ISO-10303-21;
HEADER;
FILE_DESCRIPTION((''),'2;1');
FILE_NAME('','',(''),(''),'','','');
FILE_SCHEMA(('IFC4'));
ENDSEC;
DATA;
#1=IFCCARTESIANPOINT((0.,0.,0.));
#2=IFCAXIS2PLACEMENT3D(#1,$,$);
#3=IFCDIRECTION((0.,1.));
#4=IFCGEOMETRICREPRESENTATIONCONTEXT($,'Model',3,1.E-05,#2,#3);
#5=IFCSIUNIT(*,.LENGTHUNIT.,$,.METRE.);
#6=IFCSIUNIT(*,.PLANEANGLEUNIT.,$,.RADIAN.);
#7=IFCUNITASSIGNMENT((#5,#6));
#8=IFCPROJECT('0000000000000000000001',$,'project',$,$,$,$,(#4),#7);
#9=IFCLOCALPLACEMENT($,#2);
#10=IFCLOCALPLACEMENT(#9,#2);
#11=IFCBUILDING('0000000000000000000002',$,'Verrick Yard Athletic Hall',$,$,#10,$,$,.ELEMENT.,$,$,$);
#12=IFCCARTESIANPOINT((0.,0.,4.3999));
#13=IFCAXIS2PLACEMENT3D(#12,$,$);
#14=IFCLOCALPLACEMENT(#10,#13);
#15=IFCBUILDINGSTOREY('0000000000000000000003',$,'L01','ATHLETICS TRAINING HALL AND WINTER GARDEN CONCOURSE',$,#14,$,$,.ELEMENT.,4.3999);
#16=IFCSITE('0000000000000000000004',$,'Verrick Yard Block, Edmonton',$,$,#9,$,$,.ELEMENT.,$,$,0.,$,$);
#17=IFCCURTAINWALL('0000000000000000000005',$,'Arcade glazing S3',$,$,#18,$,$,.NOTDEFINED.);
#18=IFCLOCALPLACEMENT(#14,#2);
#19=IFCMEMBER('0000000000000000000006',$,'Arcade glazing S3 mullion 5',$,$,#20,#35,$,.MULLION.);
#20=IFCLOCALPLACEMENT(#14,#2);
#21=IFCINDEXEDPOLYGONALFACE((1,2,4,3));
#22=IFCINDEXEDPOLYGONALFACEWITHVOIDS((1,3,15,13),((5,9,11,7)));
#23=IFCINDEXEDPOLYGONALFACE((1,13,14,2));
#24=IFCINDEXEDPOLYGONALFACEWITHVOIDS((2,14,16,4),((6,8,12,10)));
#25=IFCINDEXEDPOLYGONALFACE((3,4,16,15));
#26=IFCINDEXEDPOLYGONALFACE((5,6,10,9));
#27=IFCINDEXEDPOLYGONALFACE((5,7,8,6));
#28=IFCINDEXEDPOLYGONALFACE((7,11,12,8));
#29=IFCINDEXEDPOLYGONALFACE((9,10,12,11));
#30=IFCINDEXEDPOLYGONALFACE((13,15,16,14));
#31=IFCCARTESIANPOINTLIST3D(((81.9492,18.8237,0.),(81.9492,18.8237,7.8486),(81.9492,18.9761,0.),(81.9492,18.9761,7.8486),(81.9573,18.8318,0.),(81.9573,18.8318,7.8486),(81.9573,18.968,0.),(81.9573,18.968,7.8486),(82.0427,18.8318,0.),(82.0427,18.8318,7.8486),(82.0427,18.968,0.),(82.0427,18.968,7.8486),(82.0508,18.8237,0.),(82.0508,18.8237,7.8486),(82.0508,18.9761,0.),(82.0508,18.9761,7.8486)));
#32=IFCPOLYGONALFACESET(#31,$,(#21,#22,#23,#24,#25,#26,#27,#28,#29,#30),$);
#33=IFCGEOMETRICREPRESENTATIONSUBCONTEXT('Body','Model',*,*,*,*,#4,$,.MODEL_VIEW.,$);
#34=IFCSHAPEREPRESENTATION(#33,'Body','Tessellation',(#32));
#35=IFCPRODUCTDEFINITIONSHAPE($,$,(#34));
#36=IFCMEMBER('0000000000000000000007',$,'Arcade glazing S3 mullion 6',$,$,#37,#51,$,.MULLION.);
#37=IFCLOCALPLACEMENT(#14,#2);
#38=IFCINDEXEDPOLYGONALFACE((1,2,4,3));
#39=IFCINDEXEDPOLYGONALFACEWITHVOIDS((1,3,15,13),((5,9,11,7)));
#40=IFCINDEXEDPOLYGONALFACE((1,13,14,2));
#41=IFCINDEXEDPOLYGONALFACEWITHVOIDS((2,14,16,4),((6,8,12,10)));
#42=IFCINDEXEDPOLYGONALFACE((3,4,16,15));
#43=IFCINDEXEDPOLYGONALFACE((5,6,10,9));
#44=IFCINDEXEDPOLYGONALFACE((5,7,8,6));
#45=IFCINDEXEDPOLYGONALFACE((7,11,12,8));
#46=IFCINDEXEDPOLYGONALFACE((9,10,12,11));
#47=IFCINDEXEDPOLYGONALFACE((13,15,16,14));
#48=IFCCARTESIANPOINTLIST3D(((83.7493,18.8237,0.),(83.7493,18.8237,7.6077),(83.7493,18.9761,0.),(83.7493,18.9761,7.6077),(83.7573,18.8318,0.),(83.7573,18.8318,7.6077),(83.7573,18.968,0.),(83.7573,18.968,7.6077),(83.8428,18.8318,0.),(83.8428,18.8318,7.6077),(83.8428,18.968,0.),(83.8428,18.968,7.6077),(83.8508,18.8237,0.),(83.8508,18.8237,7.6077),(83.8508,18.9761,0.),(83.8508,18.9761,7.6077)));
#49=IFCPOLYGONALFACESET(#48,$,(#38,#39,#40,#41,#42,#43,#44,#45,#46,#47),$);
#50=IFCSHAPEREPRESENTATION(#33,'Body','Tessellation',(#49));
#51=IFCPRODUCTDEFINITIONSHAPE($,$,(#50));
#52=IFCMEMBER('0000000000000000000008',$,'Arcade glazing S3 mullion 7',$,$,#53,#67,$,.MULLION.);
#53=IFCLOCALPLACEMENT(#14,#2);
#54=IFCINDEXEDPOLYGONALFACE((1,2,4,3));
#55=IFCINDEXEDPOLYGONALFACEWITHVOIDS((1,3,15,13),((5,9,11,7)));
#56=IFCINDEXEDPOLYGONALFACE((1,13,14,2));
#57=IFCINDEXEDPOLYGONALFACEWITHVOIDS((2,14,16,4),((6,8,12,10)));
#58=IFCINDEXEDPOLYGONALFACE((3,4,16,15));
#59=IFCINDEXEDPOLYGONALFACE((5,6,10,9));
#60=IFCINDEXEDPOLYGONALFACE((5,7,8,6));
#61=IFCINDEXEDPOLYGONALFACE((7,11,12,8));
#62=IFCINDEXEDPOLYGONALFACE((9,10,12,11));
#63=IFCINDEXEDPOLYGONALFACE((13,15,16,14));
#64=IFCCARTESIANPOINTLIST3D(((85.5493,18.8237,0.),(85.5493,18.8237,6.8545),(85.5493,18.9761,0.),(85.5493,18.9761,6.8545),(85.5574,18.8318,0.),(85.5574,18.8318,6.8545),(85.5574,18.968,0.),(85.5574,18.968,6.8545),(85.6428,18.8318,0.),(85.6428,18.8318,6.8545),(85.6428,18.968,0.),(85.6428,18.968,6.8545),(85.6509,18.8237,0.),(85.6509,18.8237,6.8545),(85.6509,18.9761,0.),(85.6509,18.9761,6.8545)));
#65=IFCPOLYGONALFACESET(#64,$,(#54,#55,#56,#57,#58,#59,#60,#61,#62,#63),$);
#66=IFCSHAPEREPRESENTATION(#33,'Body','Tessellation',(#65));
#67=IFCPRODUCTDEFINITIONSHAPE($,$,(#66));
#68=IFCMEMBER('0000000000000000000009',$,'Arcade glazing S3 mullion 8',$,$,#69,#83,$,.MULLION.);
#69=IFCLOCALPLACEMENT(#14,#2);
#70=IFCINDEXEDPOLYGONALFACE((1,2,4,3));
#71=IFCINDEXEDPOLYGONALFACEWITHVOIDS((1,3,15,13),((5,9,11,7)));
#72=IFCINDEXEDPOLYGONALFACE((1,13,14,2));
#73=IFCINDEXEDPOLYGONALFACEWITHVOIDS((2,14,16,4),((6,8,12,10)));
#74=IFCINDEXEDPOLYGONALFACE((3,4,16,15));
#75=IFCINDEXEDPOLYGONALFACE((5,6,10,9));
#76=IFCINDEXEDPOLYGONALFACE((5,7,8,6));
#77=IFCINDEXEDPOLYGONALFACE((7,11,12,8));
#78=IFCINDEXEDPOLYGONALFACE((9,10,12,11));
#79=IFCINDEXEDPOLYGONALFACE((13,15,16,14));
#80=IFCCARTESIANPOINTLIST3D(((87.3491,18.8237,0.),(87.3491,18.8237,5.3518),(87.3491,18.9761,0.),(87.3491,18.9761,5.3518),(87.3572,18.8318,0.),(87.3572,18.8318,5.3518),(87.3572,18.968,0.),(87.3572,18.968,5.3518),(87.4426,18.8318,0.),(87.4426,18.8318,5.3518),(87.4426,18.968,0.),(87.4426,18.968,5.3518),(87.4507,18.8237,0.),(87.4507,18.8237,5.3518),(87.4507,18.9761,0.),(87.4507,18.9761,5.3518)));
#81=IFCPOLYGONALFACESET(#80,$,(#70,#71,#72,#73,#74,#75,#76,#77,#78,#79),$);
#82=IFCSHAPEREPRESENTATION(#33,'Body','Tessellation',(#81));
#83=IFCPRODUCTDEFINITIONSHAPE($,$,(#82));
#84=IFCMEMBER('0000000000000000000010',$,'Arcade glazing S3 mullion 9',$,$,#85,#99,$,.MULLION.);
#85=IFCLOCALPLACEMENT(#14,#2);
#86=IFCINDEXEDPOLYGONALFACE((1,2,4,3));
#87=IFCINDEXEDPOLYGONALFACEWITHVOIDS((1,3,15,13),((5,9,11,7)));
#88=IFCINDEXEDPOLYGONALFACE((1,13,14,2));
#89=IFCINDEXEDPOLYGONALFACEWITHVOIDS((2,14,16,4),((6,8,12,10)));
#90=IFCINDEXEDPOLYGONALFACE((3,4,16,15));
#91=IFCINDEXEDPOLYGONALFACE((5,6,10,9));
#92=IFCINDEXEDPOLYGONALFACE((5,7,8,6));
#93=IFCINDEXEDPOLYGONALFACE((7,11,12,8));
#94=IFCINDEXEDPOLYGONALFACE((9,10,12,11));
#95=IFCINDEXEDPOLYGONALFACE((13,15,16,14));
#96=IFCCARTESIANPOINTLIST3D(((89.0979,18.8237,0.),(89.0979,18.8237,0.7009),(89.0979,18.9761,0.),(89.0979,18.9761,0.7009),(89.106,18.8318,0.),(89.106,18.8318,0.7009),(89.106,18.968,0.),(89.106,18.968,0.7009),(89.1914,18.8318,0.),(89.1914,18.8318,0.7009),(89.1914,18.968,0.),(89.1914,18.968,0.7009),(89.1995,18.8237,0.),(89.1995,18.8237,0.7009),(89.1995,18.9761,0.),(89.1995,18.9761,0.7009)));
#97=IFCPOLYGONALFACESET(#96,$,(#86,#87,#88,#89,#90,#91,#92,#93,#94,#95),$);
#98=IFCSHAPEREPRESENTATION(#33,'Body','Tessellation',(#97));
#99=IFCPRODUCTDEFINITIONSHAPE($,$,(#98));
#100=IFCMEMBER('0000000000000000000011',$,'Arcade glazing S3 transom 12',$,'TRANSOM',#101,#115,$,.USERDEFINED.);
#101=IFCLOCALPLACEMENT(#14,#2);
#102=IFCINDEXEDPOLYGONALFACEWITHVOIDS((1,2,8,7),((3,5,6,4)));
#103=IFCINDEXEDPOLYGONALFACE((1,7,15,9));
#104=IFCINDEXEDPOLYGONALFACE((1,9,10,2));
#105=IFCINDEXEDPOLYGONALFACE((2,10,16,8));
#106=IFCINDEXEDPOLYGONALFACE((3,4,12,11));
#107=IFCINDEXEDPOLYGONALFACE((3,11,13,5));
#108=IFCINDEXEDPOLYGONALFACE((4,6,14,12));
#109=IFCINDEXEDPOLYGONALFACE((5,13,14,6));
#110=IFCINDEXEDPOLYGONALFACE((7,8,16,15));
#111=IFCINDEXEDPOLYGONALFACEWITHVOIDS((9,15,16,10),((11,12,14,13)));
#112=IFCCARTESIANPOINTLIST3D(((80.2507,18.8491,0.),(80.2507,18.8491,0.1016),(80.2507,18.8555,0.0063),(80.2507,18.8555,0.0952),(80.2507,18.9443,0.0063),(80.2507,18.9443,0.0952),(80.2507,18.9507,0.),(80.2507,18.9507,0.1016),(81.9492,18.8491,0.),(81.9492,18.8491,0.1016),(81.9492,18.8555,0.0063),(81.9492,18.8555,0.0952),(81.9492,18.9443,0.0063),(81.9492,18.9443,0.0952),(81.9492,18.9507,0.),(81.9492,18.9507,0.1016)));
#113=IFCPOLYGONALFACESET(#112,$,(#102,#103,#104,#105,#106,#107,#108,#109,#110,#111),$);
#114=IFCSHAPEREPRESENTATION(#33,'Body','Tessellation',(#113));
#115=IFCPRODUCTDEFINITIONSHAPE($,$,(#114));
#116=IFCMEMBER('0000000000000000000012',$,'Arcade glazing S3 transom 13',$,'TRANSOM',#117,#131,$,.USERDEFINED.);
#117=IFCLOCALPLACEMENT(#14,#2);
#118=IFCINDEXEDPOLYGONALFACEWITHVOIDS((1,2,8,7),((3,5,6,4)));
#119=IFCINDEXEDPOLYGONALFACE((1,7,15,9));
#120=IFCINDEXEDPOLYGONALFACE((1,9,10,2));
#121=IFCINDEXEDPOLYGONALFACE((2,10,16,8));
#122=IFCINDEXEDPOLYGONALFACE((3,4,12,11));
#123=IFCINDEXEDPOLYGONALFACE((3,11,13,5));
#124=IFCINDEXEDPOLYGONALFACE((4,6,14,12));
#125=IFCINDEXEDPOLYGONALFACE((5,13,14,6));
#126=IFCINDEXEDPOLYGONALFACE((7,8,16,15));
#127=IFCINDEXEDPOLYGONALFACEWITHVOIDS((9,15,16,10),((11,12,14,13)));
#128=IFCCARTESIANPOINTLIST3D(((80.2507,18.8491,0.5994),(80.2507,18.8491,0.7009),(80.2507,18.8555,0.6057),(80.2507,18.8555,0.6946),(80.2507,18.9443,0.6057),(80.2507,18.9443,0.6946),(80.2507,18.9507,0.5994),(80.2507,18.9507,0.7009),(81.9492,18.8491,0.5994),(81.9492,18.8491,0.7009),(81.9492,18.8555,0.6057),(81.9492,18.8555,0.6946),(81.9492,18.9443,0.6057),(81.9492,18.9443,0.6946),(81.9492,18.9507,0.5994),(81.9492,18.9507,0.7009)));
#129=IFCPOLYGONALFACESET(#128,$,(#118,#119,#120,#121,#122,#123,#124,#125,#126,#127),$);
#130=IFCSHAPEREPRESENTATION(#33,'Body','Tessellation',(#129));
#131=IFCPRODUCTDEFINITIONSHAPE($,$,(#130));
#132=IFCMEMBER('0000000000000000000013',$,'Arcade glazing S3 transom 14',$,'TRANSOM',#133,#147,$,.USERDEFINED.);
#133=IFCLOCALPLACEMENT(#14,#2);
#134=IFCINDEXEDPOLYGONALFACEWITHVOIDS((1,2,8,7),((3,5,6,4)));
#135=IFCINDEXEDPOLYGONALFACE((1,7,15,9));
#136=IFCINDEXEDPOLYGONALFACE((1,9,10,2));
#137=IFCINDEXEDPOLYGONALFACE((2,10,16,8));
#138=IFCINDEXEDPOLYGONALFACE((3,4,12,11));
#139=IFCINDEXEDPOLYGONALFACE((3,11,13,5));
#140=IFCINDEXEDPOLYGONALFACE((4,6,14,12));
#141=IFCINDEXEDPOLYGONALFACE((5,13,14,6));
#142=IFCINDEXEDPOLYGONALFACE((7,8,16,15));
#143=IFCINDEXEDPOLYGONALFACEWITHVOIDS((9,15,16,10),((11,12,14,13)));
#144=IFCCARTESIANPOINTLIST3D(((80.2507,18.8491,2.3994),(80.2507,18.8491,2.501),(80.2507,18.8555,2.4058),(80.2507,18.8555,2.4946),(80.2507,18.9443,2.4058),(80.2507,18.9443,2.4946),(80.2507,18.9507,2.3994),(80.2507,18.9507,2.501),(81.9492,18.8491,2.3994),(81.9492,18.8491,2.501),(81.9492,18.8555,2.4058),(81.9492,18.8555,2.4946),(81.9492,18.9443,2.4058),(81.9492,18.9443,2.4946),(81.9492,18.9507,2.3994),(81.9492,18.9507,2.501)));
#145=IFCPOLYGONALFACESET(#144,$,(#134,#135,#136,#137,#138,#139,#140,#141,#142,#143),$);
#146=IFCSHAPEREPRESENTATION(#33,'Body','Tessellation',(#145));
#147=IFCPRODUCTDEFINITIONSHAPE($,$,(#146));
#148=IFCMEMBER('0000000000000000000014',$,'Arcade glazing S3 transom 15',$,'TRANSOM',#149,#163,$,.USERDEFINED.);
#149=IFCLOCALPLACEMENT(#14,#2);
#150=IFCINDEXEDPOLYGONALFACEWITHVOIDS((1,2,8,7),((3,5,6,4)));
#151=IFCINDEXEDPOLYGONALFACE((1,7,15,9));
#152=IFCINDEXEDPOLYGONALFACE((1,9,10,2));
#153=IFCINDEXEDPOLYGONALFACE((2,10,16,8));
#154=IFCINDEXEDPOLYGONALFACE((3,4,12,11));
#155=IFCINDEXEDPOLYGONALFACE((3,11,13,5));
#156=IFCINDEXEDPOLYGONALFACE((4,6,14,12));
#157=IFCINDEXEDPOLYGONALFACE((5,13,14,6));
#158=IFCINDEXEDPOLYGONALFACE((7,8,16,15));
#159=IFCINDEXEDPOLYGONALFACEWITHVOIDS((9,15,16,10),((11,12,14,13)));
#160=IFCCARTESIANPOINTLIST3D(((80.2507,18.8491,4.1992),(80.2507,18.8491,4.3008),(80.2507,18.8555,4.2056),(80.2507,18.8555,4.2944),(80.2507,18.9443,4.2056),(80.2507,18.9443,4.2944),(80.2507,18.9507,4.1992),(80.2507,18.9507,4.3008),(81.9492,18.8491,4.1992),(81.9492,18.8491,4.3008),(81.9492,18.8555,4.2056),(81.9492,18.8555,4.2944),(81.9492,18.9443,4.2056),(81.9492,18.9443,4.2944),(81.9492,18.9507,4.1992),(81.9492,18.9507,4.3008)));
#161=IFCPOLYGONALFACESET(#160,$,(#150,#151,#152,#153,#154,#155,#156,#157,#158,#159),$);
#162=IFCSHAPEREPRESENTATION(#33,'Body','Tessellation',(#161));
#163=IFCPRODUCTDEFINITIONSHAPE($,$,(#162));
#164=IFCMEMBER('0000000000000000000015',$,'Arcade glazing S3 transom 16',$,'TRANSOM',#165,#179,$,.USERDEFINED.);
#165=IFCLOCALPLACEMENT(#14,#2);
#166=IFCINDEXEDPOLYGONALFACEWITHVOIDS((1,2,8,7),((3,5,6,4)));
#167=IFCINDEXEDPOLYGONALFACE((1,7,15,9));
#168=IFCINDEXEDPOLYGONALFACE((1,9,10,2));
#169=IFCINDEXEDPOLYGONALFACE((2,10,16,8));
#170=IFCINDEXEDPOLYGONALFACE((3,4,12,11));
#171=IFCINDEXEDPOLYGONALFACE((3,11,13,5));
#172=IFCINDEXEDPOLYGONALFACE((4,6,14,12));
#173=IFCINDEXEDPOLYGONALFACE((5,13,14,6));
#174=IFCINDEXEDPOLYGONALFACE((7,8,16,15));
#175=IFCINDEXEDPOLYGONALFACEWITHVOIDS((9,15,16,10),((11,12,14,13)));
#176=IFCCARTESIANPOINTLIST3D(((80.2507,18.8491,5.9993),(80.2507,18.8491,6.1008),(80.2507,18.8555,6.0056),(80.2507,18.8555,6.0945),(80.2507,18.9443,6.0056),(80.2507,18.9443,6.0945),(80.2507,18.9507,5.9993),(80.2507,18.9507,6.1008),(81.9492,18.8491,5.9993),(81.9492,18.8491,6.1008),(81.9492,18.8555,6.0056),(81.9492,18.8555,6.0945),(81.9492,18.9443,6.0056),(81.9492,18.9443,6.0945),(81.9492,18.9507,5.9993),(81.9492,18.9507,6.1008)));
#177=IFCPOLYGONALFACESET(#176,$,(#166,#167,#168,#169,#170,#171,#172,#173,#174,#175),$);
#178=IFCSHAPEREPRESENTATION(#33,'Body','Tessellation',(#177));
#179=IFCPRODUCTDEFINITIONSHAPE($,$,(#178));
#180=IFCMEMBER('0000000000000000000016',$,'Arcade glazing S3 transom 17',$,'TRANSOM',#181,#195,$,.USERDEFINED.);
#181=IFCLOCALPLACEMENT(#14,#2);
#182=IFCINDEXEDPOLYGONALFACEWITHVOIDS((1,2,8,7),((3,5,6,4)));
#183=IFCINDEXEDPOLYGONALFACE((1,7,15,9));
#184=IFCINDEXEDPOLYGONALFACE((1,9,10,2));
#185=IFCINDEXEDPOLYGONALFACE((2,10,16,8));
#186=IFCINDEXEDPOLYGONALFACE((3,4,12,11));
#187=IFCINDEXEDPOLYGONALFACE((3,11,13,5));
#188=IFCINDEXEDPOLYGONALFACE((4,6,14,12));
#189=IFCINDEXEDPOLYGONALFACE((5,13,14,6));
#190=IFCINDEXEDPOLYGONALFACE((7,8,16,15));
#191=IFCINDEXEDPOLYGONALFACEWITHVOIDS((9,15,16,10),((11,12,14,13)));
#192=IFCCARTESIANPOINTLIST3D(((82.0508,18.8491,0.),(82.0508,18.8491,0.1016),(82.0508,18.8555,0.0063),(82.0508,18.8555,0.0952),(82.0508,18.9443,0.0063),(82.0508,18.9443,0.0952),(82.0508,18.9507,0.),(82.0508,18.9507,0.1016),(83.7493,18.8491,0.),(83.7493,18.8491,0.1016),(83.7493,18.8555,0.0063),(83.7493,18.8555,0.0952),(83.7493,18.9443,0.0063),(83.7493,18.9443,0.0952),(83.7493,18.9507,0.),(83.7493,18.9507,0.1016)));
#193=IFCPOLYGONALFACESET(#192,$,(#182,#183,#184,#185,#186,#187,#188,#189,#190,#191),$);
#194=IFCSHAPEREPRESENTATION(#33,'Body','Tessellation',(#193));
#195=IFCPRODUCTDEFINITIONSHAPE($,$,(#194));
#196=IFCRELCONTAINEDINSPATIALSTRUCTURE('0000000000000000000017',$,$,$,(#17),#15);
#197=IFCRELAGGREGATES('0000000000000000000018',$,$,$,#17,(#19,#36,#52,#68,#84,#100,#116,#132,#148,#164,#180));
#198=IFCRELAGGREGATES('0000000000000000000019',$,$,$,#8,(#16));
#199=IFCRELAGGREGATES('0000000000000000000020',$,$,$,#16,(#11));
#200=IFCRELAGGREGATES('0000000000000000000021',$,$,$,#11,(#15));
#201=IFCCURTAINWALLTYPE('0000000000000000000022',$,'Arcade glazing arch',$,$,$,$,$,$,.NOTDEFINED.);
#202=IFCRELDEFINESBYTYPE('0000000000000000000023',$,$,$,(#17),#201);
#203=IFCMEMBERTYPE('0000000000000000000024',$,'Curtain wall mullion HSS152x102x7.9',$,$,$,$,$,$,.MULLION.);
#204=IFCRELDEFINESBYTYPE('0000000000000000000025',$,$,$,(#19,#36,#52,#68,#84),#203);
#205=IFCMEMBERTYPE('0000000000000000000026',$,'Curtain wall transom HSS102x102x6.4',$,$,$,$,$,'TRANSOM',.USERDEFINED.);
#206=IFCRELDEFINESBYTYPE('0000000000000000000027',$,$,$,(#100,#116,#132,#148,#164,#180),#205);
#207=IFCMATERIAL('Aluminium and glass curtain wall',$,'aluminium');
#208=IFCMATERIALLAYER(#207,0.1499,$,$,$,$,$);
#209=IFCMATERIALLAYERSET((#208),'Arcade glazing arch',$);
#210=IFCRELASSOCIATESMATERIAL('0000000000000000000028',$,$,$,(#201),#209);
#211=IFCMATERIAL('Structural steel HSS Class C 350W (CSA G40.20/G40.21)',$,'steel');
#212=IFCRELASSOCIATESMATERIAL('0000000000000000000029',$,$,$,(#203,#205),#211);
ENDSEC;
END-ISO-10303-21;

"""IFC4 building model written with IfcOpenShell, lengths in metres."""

from ifc_helpers import new_model, si_unit, direction, frame, origin, origin_2d, place, context, subcontext, project, spatial, hollow_rectangle, extrude, material, layer, layer_set, material_profile, profile_set, type_object, element, aggregate, save


model = new_model("IFC4")

# Units and contexts
model_context = context("Model", 3, precision=1e-05, world=origin(), true_north=direction((0.0, 1.0)))
body_context = subcontext(model_context, "Body", "Model", "MODEL_VIEW")
ifc_project = project(units=[si_unit("LENGTHUNIT", "METRE"), si_unit("PLANEANGLEUNIT", "RADIAN")], contexts=[model_context])

# Site, building, storey
site_placement = place(None, origin())
site = spatial("IfcSite", under=ifc_project, at=site_placement, Name="Verrick Yard Block, Edmonton", CompositionType="ELEMENT", RefElevation=0.0)
building_placement = place(site_placement, origin())
building = spatial("IfcBuilding", under=site, at=building_placement, Name="Verrick Yard Athletic Hall", CompositionType="ELEMENT")
storey_placement = place(building_placement, frame((0.0, 0.0, 4.3999)))
storey = spatial("IfcBuildingStorey", under=building, at=storey_placement, Name="L01", Description="ATHLETICS TRAINING HALL AND WINTER GARDEN CONCOURSE", CompositionType="ELEMENT", Elevation=4.3999)

# Curtain wall, members
ifc_material_1 = material(Name="Aluminium and glass curtain wall", Category="aluminium")
ifc_layer_1 = layer(ifc_material_1, 0.1499)
ifc_layer_set_1 = layer_set([ifc_layer_1], Name="Arcade glazing arch")
curtain_wall_type = type_object("IfcCurtainWallType", Name="Arcade glazing arch", PredefinedType="NOTDEFINED", material=ifc_layer_set_1)
curtain_wall_1_placement = place(storey_placement, origin())
curtain_wall_1 = element("IfcCurtainWall", 1, at=curtain_wall_1_placement, inside=storey, type_object=curtain_wall_type, Name="Arcade glazing S3", PredefinedType="NOTDEFINED")
ifc_material_2 = material(Name="Structural steel HSS Class C 350W (CSA G40.20/G40.21)", Category="steel")
ifc_material_profile_1 = material_profile(ifc_material_2, hollow_rectangle(XDim=0.1016, YDim=0.1523, WallThickness=0.0081, at=origin_2d()), Name="HSS152x102x7.9")
ifc_profile_set_1 = profile_set([ifc_material_profile_1], Name="Structural steel HSS Class C 350W (CSA G40.20/G40.21)")
member_type_1 = type_object("IfcMemberType", Name="Curtain wall mullion HSS152x102x7.9", PredefinedType="MULLION", material=ifc_profile_set_1)
member_1_placement = place(storey_placement, frame((82.0, 18.8999, 0.0), z_axis=(0.0, 0.0, 1.0), x_axis=(1.0, 0.0, 0.0)))
member_1 = element("IfcMember", 2, at=member_1_placement, type_object=member_type_1, Name="Arcade glazing S3 mullion 5", PredefinedType="MULLION", context=body_context, shape_type="SweptSolid", body=[
    extrude(hollow_rectangle(XDim=0.1016, YDim=0.1523, WallThickness=0.0081, at=origin_2d()), origin(), (0.0, 0.0, 1.0), 7.8486),
])
member_2_placement = place(storey_placement, frame((83.8, 18.8999, 0.0), z_axis=(0.0, 0.0, 1.0), x_axis=(1.0, 0.0, 0.0)))
member_2 = element("IfcMember", 3, at=member_2_placement, type_object=member_type_1, Name="Arcade glazing S3 mullion 6", PredefinedType="MULLION", context=body_context, shape_type="SweptSolid", body=[
    extrude(hollow_rectangle(XDim=0.1016, YDim=0.1523, WallThickness=0.0081, at=origin_2d()), origin(), (0.0, 0.0, 1.0), 7.6077),
])
member_3_placement = place(storey_placement, frame((85.6001, 18.8999, 0.0), z_axis=(0.0, 0.0, 1.0), x_axis=(1.0, 0.0, 0.0)))
member_3 = element("IfcMember", 4, at=member_3_placement, type_object=member_type_1, Name="Arcade glazing S3 mullion 7", PredefinedType="MULLION", context=body_context, shape_type="SweptSolid", body=[
    extrude(hollow_rectangle(XDim=0.1016, YDim=0.1523, WallThickness=0.0081, at=origin_2d()), origin(), (0.0, 0.0, 1.0), 6.8545),
])
member_4_placement = place(storey_placement, frame((87.3999, 18.8999, 0.0), z_axis=(0.0, 0.0, 1.0), x_axis=(1.0, 0.0, 0.0)))
member_4 = element("IfcMember", 5, at=member_4_placement, type_object=member_type_1, Name="Arcade glazing S3 mullion 8", PredefinedType="MULLION", context=body_context, shape_type="SweptSolid", body=[
    extrude(hollow_rectangle(XDim=0.1016, YDim=0.1523, WallThickness=0.0081, at=origin_2d()), origin(), (0.0, 0.0, 1.0), 5.3518),
])
member_5_placement = place(storey_placement, frame((89.1487, 18.8999, 0.0), z_axis=(0.0, 0.0, 1.0), x_axis=(1.0, 0.0, 0.0)))
member_5 = element("IfcMember", 6, at=member_5_placement, type_object=member_type_1, Name="Arcade glazing S3 mullion 9", PredefinedType="MULLION", context=body_context, shape_type="SweptSolid", body=[
    extrude(hollow_rectangle(XDim=0.1016, YDim=0.1523, WallThickness=0.0081, at=origin_2d()), origin(), (0.0, 0.0, 1.0), 0.7009),
])
ifc_material_profile_2 = material_profile(ifc_material_2, hollow_rectangle(XDim=0.1016, YDim=0.1016, WallThickness=0.0063, at=origin_2d()), Name="HSS102x102x6.4")
ifc_profile_set_2 = profile_set([ifc_material_profile_2], Name="Structural steel HSS Class C 350W (CSA G40.20/G40.21)")
member_type_2 = type_object("IfcMemberType", Name="Curtain wall transom HSS102x102x6.4", ElementType="TRANSOM", PredefinedType="USERDEFINED", material=ifc_profile_set_2)
member_6_placement = place(storey_placement, frame((80.2507, 18.8999, 0.0508), z_axis=(1.0, 0.0, 0.0), x_axis=(0.0, 1.0, 0.0)))
member_6 = element("IfcMember", 7, at=member_6_placement, type_object=member_type_2, Name="Arcade glazing S3 transom 12", ObjectType="TRANSOM", PredefinedType="USERDEFINED", context=body_context, shape_type="SweptSolid", body=[
    extrude(hollow_rectangle(XDim=0.1016, YDim=0.1016, WallThickness=0.0063, at=origin_2d()), origin(), (0.0, 0.0, 1.0), 1.6985),
])
member_7_placement = place(storey_placement, frame((80.2507, 18.8999, 0.6501), z_axis=(1.0, 0.0, 0.0), x_axis=(0.0, 1.0, 0.0)))
member_7 = element("IfcMember", 8, at=member_7_placement, type_object=member_type_2, Name="Arcade glazing S3 transom 13", ObjectType="TRANSOM", PredefinedType="USERDEFINED", context=body_context, shape_type="SweptSolid", body=[
    extrude(hollow_rectangle(XDim=0.1016, YDim=0.1016, WallThickness=0.0063, at=origin_2d()), origin(), (0.0, 0.0, 1.0), 1.6985),
])
member_8_placement = place(storey_placement, frame((80.2507, 18.8999, 2.4502), z_axis=(1.0, 0.0, 0.0), x_axis=(0.0, 1.0, 0.0)))
member_8 = element("IfcMember", 9, at=member_8_placement, type_object=member_type_2, Name="Arcade glazing S3 transom 14", ObjectType="TRANSOM", PredefinedType="USERDEFINED", context=body_context, shape_type="SweptSolid", body=[
    extrude(hollow_rectangle(XDim=0.1016, YDim=0.1016, WallThickness=0.0063, at=origin_2d()), origin(), (0.0, 0.0, 1.0), 1.6985),
])
member_9_placement = place(storey_placement, frame((80.2507, 18.8999, 4.25), z_axis=(1.0, 0.0, 0.0), x_axis=(0.0, 1.0, 0.0)))
member_9 = element("IfcMember", 10, at=member_9_placement, type_object=member_type_2, Name="Arcade glazing S3 transom 15", ObjectType="TRANSOM", PredefinedType="USERDEFINED", context=body_context, shape_type="SweptSolid", body=[
    extrude(hollow_rectangle(XDim=0.1016, YDim=0.1016, WallThickness=0.0063, at=origin_2d()), origin(), (0.0, 0.0, 1.0), 1.6985),
])
member_10_placement = place(storey_placement, frame((80.2507, 18.8999, 6.05), z_axis=(1.0, 0.0, 0.0), x_axis=(0.0, 1.0, 0.0)))
member_10 = element("IfcMember", 11, at=member_10_placement, type_object=member_type_2, Name="Arcade glazing S3 transom 16", ObjectType="TRANSOM", PredefinedType="USERDEFINED", context=body_context, shape_type="SweptSolid", body=[
    extrude(hollow_rectangle(XDim=0.1016, YDim=0.1016, WallThickness=0.0063, at=origin_2d()), origin(), (0.0, 0.0, 1.0), 1.6985),
])
member_11_placement = place(storey_placement, frame((82.0508, 18.8999, 0.0508), z_axis=(1.0, 0.0, 0.0), x_axis=(0.0, 1.0, 0.0)))
member_11 = element("IfcMember", 12, at=member_11_placement, type_object=member_type_2, Name="Arcade glazing S3 transom 17", ObjectType="TRANSOM", PredefinedType="USERDEFINED", context=body_context, shape_type="SweptSolid", body=[
    extrude(hollow_rectangle(XDim=0.1016, YDim=0.1016, WallThickness=0.0063, at=origin_2d()), origin(), (0.0, 0.0, 1.0), 1.6985),
])
aggregate(curtain_wall_1, [member_1, member_2, member_3, member_4, member_5, member_6, member_7, member_8, member_9, member_10, member_11])

save(model, "model.ifc")
